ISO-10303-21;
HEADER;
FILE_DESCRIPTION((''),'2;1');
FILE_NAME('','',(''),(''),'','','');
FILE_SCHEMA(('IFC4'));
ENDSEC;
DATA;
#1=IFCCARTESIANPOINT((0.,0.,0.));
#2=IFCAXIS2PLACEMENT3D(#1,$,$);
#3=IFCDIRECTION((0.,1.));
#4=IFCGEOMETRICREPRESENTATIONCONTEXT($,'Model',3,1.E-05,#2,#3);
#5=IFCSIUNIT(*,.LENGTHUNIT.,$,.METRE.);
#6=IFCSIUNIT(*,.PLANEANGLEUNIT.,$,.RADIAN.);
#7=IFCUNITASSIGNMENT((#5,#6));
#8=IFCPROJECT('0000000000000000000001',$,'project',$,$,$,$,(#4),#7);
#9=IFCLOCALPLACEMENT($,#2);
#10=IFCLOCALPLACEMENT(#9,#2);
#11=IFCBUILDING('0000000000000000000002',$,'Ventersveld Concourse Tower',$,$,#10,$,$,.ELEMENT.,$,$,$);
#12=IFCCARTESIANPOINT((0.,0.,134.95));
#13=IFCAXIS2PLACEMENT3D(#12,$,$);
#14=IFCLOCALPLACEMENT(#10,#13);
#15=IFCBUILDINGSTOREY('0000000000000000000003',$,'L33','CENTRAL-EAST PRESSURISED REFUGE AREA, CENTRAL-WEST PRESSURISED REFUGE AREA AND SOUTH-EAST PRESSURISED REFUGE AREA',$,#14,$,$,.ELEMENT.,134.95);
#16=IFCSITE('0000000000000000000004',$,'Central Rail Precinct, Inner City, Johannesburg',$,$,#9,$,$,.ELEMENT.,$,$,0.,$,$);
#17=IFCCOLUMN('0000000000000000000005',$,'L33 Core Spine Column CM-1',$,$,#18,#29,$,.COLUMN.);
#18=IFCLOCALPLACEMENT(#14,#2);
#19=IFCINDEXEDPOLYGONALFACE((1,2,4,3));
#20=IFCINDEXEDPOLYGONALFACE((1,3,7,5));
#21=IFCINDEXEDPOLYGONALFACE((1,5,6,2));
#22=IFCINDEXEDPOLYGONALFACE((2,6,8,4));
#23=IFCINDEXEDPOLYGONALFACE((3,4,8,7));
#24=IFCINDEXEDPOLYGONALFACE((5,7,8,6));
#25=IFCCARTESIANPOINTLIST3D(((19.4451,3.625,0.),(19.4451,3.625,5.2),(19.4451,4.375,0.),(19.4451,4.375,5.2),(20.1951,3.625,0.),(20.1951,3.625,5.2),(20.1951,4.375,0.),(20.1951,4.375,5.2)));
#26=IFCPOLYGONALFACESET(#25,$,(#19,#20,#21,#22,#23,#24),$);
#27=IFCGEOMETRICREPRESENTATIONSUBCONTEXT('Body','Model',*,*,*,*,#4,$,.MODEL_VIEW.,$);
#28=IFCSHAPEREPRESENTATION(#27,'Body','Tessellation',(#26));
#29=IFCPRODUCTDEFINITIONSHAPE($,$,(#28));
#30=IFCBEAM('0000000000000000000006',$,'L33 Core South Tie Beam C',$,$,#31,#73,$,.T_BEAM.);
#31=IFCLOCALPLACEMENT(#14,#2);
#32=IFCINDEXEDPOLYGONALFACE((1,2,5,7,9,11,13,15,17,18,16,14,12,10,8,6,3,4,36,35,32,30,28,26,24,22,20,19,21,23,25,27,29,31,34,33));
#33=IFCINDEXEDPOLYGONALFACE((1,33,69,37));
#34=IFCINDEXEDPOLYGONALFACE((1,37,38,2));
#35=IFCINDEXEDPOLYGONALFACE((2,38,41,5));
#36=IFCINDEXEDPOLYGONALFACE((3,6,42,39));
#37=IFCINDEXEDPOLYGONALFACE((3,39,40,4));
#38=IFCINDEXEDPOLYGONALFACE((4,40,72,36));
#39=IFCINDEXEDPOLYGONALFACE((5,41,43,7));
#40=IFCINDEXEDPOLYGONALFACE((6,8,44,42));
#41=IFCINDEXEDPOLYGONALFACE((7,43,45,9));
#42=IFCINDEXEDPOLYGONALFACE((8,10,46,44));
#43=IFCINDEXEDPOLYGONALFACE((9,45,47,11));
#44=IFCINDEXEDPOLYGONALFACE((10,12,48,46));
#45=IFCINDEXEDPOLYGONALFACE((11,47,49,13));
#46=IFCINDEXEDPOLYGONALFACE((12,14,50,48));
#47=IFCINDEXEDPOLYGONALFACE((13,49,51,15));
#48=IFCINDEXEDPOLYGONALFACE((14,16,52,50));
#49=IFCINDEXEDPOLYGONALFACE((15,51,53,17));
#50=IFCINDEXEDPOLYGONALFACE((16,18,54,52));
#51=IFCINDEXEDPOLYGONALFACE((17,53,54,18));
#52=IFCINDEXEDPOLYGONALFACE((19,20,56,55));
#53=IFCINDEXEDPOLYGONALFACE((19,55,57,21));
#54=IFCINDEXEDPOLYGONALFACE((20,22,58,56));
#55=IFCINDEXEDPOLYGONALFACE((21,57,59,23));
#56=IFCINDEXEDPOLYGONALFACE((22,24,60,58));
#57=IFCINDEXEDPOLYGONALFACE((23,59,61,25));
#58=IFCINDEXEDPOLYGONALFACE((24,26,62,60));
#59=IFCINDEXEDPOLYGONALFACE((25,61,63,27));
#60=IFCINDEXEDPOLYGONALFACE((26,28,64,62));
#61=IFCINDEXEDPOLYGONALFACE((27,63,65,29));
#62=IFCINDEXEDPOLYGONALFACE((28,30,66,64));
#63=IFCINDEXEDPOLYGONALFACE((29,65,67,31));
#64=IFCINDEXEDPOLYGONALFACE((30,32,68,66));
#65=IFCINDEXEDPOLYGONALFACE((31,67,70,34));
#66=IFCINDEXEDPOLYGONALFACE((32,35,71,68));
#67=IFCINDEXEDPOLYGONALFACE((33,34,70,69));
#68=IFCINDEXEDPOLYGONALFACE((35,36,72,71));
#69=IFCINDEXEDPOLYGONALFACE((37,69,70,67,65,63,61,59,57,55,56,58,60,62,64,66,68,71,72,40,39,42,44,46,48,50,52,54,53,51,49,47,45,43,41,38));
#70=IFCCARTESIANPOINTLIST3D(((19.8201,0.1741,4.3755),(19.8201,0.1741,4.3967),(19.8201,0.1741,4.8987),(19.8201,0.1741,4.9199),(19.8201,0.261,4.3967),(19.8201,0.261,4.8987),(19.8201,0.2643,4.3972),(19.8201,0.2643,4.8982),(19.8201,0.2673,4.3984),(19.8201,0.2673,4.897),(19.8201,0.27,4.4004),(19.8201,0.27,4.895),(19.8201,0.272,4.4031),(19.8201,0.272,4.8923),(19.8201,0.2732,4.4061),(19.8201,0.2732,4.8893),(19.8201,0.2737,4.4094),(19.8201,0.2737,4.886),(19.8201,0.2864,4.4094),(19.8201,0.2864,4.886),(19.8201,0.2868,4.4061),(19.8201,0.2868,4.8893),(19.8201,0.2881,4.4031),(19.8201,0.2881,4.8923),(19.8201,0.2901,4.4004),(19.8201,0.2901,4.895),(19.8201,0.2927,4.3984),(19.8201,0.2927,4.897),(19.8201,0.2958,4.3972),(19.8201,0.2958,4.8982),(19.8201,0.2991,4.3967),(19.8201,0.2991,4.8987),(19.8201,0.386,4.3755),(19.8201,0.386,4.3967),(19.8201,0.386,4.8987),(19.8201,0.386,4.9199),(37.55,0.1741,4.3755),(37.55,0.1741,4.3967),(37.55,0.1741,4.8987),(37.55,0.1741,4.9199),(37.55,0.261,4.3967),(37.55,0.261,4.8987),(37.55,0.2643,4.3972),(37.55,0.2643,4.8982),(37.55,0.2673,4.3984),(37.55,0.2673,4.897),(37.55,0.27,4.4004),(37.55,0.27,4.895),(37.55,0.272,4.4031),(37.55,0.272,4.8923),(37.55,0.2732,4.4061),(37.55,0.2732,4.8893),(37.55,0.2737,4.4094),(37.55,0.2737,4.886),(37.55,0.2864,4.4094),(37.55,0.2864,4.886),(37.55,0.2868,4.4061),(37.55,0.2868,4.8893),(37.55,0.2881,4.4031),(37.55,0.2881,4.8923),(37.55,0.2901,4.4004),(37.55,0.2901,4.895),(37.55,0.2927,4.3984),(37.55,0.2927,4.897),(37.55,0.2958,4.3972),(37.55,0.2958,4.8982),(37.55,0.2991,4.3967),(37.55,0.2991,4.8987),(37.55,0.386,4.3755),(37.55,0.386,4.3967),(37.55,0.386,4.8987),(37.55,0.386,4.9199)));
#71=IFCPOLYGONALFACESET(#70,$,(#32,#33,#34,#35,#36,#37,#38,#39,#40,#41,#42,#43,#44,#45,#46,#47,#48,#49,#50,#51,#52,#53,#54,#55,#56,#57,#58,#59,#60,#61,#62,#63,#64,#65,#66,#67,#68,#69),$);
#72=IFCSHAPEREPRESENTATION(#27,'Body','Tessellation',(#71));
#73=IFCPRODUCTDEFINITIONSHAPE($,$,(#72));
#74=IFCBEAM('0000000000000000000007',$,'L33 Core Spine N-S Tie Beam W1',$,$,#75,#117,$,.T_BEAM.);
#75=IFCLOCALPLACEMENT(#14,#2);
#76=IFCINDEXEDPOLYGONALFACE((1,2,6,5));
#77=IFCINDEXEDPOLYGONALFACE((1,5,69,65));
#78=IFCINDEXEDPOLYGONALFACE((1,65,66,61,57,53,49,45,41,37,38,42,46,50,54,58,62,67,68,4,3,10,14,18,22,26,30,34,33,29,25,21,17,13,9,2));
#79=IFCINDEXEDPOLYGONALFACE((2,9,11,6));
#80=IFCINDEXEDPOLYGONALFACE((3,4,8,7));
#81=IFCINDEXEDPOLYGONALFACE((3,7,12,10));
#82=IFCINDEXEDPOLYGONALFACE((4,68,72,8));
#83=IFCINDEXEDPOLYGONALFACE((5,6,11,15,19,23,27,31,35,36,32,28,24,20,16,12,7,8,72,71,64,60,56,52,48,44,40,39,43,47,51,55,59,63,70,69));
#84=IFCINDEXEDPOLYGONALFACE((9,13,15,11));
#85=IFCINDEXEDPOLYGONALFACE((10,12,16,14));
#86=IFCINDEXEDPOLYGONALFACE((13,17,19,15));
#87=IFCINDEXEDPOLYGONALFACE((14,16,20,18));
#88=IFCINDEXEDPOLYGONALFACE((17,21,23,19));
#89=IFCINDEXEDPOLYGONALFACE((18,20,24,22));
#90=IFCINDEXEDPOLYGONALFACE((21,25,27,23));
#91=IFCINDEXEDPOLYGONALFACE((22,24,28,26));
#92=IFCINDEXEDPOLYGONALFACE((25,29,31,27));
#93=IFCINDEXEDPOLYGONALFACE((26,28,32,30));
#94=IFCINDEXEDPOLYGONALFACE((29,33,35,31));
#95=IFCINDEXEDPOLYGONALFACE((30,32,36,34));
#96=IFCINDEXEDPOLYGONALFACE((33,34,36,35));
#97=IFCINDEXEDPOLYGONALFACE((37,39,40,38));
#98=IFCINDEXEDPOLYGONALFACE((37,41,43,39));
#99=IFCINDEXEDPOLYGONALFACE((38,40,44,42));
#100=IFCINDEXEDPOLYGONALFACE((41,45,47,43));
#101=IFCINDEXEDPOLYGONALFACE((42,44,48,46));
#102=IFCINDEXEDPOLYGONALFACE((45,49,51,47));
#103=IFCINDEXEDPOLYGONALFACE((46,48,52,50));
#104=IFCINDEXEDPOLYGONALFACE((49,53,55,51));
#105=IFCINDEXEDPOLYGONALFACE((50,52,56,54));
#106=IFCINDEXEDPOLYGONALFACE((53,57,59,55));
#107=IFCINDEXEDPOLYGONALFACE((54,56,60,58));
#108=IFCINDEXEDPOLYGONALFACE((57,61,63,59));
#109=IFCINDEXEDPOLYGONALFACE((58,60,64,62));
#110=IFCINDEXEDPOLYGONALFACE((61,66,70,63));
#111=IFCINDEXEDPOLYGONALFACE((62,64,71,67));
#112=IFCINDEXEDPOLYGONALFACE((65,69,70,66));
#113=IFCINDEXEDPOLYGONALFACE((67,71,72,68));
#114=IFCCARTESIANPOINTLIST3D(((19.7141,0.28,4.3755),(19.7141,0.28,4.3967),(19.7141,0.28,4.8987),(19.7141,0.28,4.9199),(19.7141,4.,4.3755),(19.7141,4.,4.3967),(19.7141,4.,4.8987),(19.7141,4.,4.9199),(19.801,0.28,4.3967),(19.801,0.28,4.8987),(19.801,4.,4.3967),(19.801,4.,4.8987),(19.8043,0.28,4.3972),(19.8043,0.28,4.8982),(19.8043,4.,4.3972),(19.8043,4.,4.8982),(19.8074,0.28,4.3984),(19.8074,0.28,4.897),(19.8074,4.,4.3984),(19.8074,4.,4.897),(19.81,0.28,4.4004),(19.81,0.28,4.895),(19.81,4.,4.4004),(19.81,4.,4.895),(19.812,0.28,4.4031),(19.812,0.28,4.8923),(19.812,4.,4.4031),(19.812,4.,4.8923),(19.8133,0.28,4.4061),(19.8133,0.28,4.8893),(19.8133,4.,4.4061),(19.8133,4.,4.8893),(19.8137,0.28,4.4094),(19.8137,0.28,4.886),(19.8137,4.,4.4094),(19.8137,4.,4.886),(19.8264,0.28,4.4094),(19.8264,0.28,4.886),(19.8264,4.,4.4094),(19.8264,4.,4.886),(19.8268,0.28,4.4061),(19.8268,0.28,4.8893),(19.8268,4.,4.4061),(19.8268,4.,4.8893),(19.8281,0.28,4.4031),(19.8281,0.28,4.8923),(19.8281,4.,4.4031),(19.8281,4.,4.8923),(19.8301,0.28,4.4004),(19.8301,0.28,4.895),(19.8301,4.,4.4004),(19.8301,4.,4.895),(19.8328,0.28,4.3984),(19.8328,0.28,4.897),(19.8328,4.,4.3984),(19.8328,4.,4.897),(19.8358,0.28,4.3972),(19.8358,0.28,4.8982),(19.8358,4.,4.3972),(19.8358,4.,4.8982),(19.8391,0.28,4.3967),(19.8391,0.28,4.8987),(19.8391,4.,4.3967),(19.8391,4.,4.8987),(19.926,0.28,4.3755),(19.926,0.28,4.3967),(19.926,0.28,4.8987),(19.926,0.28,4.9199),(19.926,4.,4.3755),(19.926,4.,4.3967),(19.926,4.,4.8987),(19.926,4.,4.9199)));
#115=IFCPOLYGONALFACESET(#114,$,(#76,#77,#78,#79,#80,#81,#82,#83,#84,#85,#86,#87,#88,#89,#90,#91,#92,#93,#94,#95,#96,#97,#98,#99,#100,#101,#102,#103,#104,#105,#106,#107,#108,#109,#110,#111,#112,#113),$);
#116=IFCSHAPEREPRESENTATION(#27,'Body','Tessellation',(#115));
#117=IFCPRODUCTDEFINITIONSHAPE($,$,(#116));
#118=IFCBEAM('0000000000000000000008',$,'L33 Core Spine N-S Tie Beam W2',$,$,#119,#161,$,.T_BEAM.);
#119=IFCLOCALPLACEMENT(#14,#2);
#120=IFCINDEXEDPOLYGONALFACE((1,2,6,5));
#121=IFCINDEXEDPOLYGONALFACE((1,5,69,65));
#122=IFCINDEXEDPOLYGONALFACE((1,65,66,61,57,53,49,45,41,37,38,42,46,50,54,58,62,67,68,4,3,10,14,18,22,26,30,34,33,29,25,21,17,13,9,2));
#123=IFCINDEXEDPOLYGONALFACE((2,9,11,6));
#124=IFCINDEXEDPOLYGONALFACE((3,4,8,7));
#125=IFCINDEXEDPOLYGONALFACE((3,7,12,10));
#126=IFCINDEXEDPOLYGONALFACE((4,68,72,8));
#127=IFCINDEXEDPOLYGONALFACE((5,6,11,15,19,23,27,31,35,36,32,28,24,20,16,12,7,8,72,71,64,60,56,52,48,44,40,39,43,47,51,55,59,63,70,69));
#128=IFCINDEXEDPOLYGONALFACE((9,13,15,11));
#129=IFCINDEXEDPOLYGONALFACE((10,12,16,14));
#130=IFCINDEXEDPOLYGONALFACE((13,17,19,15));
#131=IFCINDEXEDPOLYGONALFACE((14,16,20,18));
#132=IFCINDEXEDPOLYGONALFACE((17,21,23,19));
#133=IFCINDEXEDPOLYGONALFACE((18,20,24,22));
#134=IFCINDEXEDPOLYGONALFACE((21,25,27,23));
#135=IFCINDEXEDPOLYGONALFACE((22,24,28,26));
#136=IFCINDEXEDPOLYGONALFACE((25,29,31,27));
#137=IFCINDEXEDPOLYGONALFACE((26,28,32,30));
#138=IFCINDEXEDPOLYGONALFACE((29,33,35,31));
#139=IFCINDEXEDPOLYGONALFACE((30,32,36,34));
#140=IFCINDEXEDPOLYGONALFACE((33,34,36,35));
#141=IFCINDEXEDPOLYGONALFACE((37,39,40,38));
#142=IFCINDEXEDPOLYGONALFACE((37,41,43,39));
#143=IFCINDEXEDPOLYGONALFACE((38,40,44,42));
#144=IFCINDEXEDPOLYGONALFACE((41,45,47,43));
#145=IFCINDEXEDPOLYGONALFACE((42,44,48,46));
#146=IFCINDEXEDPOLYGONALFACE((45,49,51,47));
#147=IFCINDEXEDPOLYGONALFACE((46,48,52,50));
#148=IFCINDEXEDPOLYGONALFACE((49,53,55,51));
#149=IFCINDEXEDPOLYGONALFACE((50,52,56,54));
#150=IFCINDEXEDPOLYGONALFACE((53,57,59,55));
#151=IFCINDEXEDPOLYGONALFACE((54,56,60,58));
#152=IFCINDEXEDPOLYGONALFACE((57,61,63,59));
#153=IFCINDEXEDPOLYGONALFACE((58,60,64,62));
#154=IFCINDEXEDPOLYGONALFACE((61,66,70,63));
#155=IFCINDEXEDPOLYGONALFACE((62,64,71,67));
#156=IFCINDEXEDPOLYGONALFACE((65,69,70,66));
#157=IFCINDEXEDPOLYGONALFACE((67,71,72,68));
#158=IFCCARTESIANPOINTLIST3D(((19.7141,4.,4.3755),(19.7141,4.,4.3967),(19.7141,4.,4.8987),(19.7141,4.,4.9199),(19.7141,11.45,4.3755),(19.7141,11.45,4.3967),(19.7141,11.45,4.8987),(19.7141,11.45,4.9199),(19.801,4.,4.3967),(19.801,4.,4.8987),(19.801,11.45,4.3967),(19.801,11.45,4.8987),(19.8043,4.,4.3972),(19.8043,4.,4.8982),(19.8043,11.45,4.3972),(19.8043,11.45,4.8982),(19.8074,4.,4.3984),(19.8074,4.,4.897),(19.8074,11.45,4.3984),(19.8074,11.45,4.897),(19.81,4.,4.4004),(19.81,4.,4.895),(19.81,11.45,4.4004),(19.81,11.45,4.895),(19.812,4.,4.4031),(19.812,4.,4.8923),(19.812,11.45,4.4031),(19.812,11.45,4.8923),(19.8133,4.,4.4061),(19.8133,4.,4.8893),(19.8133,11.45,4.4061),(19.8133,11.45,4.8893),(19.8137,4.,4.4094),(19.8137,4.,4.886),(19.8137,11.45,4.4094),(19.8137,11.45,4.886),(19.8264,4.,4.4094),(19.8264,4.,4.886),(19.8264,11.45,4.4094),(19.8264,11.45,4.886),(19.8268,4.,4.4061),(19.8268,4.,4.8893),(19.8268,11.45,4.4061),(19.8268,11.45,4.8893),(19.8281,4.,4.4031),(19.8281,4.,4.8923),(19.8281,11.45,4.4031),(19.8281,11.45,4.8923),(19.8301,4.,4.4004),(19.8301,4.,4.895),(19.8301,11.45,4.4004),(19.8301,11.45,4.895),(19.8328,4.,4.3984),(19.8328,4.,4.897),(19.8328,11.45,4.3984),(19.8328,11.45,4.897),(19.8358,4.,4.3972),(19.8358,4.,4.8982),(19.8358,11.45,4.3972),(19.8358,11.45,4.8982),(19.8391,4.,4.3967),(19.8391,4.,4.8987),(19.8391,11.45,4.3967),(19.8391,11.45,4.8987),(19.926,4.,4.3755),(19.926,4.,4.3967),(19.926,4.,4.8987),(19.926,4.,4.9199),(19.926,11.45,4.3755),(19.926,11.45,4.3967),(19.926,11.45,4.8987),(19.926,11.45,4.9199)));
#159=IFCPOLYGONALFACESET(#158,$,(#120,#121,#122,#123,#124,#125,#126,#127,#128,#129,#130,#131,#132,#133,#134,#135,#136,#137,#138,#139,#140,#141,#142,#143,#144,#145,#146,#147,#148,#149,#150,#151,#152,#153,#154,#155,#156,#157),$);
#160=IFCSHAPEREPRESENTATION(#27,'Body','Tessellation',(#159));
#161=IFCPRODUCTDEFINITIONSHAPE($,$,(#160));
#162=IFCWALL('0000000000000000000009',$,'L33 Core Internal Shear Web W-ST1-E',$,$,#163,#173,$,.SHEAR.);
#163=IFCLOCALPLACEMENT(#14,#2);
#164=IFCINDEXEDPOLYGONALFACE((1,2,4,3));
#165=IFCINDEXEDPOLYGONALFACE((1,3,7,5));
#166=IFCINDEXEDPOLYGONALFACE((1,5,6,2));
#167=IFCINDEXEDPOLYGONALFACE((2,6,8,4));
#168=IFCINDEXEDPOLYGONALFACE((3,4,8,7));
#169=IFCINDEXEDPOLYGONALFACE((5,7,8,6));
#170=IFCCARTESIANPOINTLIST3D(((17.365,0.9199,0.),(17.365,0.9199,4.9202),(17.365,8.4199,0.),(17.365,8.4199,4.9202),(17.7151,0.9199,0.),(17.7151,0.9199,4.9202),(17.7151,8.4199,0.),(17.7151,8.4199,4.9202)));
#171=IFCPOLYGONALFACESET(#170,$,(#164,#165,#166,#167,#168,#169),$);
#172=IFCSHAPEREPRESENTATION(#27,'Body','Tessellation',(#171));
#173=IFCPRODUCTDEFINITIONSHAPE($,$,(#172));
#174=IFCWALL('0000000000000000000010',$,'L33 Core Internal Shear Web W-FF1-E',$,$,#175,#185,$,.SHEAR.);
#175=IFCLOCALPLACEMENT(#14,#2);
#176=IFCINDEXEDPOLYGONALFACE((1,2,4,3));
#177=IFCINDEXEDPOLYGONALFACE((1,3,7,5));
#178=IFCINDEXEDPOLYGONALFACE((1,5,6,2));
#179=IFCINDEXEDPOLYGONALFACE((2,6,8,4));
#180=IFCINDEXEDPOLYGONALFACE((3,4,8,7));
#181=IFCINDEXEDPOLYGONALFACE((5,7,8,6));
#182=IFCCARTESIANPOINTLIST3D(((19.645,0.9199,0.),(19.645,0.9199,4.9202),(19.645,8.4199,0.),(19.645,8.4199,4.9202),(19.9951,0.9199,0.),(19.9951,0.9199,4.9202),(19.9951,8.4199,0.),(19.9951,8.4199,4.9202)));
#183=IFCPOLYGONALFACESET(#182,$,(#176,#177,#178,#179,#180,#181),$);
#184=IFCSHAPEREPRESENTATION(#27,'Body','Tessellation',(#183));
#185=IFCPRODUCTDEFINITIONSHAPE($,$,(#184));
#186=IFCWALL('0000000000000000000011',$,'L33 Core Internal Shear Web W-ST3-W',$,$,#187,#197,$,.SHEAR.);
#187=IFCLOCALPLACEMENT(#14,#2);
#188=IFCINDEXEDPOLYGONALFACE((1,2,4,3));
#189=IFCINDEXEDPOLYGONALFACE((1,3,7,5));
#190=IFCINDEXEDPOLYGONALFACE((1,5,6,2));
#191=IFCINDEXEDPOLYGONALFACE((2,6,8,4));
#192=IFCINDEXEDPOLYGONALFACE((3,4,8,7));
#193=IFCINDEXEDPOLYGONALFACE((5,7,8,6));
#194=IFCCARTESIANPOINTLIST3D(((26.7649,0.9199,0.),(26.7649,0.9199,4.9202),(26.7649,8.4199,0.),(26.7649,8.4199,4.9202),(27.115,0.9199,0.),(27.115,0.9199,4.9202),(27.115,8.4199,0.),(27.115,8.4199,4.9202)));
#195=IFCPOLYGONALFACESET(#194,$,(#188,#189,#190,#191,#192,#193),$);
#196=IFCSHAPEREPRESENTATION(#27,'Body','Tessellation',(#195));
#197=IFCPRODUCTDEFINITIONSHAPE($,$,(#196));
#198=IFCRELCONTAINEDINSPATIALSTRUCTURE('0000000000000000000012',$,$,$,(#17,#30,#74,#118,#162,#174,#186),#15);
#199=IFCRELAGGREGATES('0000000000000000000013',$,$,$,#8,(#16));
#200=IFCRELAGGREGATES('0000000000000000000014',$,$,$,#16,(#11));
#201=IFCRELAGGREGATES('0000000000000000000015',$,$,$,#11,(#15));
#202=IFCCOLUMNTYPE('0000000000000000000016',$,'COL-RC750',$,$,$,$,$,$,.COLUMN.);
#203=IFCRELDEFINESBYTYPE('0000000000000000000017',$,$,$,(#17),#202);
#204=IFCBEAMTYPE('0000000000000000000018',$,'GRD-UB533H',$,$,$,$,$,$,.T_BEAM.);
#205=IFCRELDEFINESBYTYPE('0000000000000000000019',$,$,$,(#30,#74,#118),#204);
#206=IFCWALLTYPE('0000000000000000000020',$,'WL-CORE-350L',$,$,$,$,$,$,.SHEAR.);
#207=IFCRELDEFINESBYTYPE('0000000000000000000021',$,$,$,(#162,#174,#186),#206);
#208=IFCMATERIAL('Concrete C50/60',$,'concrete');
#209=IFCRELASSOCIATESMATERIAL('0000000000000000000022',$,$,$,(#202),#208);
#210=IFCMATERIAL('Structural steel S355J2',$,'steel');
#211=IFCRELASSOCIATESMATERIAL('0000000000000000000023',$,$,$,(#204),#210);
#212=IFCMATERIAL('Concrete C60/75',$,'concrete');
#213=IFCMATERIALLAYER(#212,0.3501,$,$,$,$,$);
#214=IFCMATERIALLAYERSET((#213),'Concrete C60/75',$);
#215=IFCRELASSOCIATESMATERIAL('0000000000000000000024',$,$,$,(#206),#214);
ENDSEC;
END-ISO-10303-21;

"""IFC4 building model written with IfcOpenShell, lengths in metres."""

from ifc_helpers import new_model, si_unit, direction, frame, frame_2d, origin, origin_2d, place, context, subcontext, project, spatial, rectangle, i_section, extrude, material, layer, layer_set, material_profile, profile_set, type_object, element, save


model = new_model("IFC4")

# Units and contexts
model_context = context("Model", 3, precision=1e-05, world=origin(), true_north=direction((0.0, 1.0)))
body_context = subcontext(model_context, "Body", "Model", "MODEL_VIEW")
ifc_project = project(units=[si_unit("LENGTHUNIT", "METRE"), si_unit("PLANEANGLEUNIT", "RADIAN")], contexts=[model_context])

# Site, building, storey
site_placement = place(None, origin())
site = spatial("IfcSite", under=ifc_project, at=site_placement, Name="Central Rail Precinct, Inner City, Johannesburg", CompositionType="ELEMENT", RefElevation=0.0)
building_placement = place(site_placement, origin())
building = spatial("IfcBuilding", under=site, at=building_placement, Name="Ventersveld Concourse Tower", CompositionType="ELEMENT")
storey_placement = place(building_placement, frame((0.0, 0.0, 134.95)))
storey = spatial("IfcBuildingStorey", under=building, at=storey_placement, Name="L33", Description="CENTRAL-EAST PRESSURISED REFUGE AREA, CENTRAL-WEST PRESSURISED REFUGE AREA AND SOUTH-EAST PRESSURISED REFUGE AREA", CompositionType="ELEMENT", Elevation=134.95)

# Column
ifc_material_1 = material(Name="Concrete C50/60", Category="concrete")
ifc_material_profile_1 = material_profile(ifc_material_1, rectangle(XDim=0.75, YDim=0.75, at=origin_2d()), Name="RC 750x750")
ifc_profile_set_1 = profile_set([ifc_material_profile_1], Name="Concrete C50/60")
column_type = type_object("IfcColumnType", Name="COL-RC750", PredefinedType="COLUMN", material=ifc_profile_set_1)
column_placement = place(storey_placement, frame((19.8201, 4.0, 0.0), z_axis=(0.0, 0.0, 1.0), x_axis=(1.0, 0.0, 0.0)))
element("IfcColumn", 1, at=column_placement, inside=storey, type_object=column_type, Name="L33 Core Spine Column CM-1", PredefinedType="COLUMN", context=body_context, shape_type="SweptSolid", body=[
    extrude(rectangle(XDim=0.75, YDim=0.75, at=origin_2d()), origin(), (0.0, 0.0, 1.0), 5.2),
])

# Beams
ifc_material_2 = material(Name="Structural steel S355J2", Category="steel")
ifc_material_profile_2 = material_profile(ifc_material_2, i_section(OverallWidth=0.2119, OverallDepth=0.5444, WebThickness=0.0127, FlangeThickness=0.0212, FilletRadius=0.0127, at=origin_2d()), Name="UB 533x210x122")
ifc_profile_set_2 = profile_set([ifc_material_profile_2], Name="Structural steel S355J2")
beam_type = type_object("IfcBeamType", Name="GRD-UB533H", PredefinedType="T_BEAM", material=ifc_profile_set_2)
beam_1_placement = place(storey_placement, frame((19.8201, 0.28, 4.6477), z_axis=(1.0, 0.0, 0.0), x_axis=(0.0, 1.0, 0.0)))
element("IfcBeam", 2, at=beam_1_placement, inside=storey, type_object=beam_type, Name="L33 Core South Tie Beam C", PredefinedType="T_BEAM", context=body_context, shape_type="SweptSolid", body=[
    extrude(i_section(OverallWidth=0.2119, OverallDepth=0.5444, WebThickness=0.0127, FlangeThickness=0.0212, FilletRadius=0.0127, at=origin_2d()), origin(), (0.0, 0.0, 1.0), 17.73),
])
beam_2_placement = place(storey_placement, frame((19.8201, 0.28, 4.6477), z_axis=(0.0, 1.0, 0.0), x_axis=(-1.0, 0.0, 0.0)))
element("IfcBeam", 3, at=beam_2_placement, inside=storey, type_object=beam_type, Name="L33 Core Spine N-S Tie Beam W1", PredefinedType="T_BEAM", context=body_context, shape_type="SweptSolid", body=[
    extrude(i_section(OverallWidth=0.2119, OverallDepth=0.5444, WebThickness=0.0127, FlangeThickness=0.0212, FilletRadius=0.0127, at=origin_2d()), origin(), (0.0, 0.0, 1.0), 3.72),
])
beam_3_placement = place(storey_placement, frame((19.8201, 4.0, 4.6477), z_axis=(0.0, 1.0, 0.0), x_axis=(-1.0, 0.0, 0.0)))
element("IfcBeam", 4, at=beam_3_placement, inside=storey, type_object=beam_type, Name="L33 Core Spine N-S Tie Beam W2", PredefinedType="T_BEAM", context=body_context, shape_type="SweptSolid", body=[
    extrude(i_section(OverallWidth=0.2119, OverallDepth=0.5444, WebThickness=0.0127, FlangeThickness=0.0212, FilletRadius=0.0127, at=origin_2d()), origin(), (0.0, 0.0, 1.0), 7.45),
])

# Walls
ifc_material_3 = material(Name="Concrete C60/75", Category="concrete")
ifc_layer_1 = layer(ifc_material_3, 0.3501)
ifc_layer_set_1 = layer_set([ifc_layer_1], Name="Concrete C60/75")
wall_type_1 = type_object("IfcWallType", Name="WL-CORE-350L", PredefinedType="SHEAR", material=ifc_layer_set_1)
for number, where, z_axis, x_axis, name in (
    (5, (17.54, 0.9199, 0.0), (0.0, 0.0, 1.0), (0.0, 1.0, 0.0), "L33 Core Internal Shear Web W-ST1-E"),
    (6, (19.8201, 0.9199, 0.0), (0.0, 0.0, 1.0), (0.0, 1.0, 0.0), "L33 Core Internal Shear Web W-FF1-E"),
    (7, (26.9399, 0.9199, 0.0), (0.0, 0.0, 1.0), (0.0, 1.0, 0.0), "L33 Core Internal Shear Web W-ST3-W"),
):
    element("IfcWall", number, at=place(storey_placement, frame(where, z_axis=z_axis, x_axis=x_axis)), inside=storey, type_object=wall_type_1, Name=name, PredefinedType="SHEAR", context=body_context, shape_type="SweptSolid", body=[
        extrude(rectangle(XDim=7.5, YDim=0.3501, at=frame_2d((3.75, 0.0))), origin(), (0.0, 0.0, 1.0), 4.9202),
    ])

save(model, "model.ifc")
